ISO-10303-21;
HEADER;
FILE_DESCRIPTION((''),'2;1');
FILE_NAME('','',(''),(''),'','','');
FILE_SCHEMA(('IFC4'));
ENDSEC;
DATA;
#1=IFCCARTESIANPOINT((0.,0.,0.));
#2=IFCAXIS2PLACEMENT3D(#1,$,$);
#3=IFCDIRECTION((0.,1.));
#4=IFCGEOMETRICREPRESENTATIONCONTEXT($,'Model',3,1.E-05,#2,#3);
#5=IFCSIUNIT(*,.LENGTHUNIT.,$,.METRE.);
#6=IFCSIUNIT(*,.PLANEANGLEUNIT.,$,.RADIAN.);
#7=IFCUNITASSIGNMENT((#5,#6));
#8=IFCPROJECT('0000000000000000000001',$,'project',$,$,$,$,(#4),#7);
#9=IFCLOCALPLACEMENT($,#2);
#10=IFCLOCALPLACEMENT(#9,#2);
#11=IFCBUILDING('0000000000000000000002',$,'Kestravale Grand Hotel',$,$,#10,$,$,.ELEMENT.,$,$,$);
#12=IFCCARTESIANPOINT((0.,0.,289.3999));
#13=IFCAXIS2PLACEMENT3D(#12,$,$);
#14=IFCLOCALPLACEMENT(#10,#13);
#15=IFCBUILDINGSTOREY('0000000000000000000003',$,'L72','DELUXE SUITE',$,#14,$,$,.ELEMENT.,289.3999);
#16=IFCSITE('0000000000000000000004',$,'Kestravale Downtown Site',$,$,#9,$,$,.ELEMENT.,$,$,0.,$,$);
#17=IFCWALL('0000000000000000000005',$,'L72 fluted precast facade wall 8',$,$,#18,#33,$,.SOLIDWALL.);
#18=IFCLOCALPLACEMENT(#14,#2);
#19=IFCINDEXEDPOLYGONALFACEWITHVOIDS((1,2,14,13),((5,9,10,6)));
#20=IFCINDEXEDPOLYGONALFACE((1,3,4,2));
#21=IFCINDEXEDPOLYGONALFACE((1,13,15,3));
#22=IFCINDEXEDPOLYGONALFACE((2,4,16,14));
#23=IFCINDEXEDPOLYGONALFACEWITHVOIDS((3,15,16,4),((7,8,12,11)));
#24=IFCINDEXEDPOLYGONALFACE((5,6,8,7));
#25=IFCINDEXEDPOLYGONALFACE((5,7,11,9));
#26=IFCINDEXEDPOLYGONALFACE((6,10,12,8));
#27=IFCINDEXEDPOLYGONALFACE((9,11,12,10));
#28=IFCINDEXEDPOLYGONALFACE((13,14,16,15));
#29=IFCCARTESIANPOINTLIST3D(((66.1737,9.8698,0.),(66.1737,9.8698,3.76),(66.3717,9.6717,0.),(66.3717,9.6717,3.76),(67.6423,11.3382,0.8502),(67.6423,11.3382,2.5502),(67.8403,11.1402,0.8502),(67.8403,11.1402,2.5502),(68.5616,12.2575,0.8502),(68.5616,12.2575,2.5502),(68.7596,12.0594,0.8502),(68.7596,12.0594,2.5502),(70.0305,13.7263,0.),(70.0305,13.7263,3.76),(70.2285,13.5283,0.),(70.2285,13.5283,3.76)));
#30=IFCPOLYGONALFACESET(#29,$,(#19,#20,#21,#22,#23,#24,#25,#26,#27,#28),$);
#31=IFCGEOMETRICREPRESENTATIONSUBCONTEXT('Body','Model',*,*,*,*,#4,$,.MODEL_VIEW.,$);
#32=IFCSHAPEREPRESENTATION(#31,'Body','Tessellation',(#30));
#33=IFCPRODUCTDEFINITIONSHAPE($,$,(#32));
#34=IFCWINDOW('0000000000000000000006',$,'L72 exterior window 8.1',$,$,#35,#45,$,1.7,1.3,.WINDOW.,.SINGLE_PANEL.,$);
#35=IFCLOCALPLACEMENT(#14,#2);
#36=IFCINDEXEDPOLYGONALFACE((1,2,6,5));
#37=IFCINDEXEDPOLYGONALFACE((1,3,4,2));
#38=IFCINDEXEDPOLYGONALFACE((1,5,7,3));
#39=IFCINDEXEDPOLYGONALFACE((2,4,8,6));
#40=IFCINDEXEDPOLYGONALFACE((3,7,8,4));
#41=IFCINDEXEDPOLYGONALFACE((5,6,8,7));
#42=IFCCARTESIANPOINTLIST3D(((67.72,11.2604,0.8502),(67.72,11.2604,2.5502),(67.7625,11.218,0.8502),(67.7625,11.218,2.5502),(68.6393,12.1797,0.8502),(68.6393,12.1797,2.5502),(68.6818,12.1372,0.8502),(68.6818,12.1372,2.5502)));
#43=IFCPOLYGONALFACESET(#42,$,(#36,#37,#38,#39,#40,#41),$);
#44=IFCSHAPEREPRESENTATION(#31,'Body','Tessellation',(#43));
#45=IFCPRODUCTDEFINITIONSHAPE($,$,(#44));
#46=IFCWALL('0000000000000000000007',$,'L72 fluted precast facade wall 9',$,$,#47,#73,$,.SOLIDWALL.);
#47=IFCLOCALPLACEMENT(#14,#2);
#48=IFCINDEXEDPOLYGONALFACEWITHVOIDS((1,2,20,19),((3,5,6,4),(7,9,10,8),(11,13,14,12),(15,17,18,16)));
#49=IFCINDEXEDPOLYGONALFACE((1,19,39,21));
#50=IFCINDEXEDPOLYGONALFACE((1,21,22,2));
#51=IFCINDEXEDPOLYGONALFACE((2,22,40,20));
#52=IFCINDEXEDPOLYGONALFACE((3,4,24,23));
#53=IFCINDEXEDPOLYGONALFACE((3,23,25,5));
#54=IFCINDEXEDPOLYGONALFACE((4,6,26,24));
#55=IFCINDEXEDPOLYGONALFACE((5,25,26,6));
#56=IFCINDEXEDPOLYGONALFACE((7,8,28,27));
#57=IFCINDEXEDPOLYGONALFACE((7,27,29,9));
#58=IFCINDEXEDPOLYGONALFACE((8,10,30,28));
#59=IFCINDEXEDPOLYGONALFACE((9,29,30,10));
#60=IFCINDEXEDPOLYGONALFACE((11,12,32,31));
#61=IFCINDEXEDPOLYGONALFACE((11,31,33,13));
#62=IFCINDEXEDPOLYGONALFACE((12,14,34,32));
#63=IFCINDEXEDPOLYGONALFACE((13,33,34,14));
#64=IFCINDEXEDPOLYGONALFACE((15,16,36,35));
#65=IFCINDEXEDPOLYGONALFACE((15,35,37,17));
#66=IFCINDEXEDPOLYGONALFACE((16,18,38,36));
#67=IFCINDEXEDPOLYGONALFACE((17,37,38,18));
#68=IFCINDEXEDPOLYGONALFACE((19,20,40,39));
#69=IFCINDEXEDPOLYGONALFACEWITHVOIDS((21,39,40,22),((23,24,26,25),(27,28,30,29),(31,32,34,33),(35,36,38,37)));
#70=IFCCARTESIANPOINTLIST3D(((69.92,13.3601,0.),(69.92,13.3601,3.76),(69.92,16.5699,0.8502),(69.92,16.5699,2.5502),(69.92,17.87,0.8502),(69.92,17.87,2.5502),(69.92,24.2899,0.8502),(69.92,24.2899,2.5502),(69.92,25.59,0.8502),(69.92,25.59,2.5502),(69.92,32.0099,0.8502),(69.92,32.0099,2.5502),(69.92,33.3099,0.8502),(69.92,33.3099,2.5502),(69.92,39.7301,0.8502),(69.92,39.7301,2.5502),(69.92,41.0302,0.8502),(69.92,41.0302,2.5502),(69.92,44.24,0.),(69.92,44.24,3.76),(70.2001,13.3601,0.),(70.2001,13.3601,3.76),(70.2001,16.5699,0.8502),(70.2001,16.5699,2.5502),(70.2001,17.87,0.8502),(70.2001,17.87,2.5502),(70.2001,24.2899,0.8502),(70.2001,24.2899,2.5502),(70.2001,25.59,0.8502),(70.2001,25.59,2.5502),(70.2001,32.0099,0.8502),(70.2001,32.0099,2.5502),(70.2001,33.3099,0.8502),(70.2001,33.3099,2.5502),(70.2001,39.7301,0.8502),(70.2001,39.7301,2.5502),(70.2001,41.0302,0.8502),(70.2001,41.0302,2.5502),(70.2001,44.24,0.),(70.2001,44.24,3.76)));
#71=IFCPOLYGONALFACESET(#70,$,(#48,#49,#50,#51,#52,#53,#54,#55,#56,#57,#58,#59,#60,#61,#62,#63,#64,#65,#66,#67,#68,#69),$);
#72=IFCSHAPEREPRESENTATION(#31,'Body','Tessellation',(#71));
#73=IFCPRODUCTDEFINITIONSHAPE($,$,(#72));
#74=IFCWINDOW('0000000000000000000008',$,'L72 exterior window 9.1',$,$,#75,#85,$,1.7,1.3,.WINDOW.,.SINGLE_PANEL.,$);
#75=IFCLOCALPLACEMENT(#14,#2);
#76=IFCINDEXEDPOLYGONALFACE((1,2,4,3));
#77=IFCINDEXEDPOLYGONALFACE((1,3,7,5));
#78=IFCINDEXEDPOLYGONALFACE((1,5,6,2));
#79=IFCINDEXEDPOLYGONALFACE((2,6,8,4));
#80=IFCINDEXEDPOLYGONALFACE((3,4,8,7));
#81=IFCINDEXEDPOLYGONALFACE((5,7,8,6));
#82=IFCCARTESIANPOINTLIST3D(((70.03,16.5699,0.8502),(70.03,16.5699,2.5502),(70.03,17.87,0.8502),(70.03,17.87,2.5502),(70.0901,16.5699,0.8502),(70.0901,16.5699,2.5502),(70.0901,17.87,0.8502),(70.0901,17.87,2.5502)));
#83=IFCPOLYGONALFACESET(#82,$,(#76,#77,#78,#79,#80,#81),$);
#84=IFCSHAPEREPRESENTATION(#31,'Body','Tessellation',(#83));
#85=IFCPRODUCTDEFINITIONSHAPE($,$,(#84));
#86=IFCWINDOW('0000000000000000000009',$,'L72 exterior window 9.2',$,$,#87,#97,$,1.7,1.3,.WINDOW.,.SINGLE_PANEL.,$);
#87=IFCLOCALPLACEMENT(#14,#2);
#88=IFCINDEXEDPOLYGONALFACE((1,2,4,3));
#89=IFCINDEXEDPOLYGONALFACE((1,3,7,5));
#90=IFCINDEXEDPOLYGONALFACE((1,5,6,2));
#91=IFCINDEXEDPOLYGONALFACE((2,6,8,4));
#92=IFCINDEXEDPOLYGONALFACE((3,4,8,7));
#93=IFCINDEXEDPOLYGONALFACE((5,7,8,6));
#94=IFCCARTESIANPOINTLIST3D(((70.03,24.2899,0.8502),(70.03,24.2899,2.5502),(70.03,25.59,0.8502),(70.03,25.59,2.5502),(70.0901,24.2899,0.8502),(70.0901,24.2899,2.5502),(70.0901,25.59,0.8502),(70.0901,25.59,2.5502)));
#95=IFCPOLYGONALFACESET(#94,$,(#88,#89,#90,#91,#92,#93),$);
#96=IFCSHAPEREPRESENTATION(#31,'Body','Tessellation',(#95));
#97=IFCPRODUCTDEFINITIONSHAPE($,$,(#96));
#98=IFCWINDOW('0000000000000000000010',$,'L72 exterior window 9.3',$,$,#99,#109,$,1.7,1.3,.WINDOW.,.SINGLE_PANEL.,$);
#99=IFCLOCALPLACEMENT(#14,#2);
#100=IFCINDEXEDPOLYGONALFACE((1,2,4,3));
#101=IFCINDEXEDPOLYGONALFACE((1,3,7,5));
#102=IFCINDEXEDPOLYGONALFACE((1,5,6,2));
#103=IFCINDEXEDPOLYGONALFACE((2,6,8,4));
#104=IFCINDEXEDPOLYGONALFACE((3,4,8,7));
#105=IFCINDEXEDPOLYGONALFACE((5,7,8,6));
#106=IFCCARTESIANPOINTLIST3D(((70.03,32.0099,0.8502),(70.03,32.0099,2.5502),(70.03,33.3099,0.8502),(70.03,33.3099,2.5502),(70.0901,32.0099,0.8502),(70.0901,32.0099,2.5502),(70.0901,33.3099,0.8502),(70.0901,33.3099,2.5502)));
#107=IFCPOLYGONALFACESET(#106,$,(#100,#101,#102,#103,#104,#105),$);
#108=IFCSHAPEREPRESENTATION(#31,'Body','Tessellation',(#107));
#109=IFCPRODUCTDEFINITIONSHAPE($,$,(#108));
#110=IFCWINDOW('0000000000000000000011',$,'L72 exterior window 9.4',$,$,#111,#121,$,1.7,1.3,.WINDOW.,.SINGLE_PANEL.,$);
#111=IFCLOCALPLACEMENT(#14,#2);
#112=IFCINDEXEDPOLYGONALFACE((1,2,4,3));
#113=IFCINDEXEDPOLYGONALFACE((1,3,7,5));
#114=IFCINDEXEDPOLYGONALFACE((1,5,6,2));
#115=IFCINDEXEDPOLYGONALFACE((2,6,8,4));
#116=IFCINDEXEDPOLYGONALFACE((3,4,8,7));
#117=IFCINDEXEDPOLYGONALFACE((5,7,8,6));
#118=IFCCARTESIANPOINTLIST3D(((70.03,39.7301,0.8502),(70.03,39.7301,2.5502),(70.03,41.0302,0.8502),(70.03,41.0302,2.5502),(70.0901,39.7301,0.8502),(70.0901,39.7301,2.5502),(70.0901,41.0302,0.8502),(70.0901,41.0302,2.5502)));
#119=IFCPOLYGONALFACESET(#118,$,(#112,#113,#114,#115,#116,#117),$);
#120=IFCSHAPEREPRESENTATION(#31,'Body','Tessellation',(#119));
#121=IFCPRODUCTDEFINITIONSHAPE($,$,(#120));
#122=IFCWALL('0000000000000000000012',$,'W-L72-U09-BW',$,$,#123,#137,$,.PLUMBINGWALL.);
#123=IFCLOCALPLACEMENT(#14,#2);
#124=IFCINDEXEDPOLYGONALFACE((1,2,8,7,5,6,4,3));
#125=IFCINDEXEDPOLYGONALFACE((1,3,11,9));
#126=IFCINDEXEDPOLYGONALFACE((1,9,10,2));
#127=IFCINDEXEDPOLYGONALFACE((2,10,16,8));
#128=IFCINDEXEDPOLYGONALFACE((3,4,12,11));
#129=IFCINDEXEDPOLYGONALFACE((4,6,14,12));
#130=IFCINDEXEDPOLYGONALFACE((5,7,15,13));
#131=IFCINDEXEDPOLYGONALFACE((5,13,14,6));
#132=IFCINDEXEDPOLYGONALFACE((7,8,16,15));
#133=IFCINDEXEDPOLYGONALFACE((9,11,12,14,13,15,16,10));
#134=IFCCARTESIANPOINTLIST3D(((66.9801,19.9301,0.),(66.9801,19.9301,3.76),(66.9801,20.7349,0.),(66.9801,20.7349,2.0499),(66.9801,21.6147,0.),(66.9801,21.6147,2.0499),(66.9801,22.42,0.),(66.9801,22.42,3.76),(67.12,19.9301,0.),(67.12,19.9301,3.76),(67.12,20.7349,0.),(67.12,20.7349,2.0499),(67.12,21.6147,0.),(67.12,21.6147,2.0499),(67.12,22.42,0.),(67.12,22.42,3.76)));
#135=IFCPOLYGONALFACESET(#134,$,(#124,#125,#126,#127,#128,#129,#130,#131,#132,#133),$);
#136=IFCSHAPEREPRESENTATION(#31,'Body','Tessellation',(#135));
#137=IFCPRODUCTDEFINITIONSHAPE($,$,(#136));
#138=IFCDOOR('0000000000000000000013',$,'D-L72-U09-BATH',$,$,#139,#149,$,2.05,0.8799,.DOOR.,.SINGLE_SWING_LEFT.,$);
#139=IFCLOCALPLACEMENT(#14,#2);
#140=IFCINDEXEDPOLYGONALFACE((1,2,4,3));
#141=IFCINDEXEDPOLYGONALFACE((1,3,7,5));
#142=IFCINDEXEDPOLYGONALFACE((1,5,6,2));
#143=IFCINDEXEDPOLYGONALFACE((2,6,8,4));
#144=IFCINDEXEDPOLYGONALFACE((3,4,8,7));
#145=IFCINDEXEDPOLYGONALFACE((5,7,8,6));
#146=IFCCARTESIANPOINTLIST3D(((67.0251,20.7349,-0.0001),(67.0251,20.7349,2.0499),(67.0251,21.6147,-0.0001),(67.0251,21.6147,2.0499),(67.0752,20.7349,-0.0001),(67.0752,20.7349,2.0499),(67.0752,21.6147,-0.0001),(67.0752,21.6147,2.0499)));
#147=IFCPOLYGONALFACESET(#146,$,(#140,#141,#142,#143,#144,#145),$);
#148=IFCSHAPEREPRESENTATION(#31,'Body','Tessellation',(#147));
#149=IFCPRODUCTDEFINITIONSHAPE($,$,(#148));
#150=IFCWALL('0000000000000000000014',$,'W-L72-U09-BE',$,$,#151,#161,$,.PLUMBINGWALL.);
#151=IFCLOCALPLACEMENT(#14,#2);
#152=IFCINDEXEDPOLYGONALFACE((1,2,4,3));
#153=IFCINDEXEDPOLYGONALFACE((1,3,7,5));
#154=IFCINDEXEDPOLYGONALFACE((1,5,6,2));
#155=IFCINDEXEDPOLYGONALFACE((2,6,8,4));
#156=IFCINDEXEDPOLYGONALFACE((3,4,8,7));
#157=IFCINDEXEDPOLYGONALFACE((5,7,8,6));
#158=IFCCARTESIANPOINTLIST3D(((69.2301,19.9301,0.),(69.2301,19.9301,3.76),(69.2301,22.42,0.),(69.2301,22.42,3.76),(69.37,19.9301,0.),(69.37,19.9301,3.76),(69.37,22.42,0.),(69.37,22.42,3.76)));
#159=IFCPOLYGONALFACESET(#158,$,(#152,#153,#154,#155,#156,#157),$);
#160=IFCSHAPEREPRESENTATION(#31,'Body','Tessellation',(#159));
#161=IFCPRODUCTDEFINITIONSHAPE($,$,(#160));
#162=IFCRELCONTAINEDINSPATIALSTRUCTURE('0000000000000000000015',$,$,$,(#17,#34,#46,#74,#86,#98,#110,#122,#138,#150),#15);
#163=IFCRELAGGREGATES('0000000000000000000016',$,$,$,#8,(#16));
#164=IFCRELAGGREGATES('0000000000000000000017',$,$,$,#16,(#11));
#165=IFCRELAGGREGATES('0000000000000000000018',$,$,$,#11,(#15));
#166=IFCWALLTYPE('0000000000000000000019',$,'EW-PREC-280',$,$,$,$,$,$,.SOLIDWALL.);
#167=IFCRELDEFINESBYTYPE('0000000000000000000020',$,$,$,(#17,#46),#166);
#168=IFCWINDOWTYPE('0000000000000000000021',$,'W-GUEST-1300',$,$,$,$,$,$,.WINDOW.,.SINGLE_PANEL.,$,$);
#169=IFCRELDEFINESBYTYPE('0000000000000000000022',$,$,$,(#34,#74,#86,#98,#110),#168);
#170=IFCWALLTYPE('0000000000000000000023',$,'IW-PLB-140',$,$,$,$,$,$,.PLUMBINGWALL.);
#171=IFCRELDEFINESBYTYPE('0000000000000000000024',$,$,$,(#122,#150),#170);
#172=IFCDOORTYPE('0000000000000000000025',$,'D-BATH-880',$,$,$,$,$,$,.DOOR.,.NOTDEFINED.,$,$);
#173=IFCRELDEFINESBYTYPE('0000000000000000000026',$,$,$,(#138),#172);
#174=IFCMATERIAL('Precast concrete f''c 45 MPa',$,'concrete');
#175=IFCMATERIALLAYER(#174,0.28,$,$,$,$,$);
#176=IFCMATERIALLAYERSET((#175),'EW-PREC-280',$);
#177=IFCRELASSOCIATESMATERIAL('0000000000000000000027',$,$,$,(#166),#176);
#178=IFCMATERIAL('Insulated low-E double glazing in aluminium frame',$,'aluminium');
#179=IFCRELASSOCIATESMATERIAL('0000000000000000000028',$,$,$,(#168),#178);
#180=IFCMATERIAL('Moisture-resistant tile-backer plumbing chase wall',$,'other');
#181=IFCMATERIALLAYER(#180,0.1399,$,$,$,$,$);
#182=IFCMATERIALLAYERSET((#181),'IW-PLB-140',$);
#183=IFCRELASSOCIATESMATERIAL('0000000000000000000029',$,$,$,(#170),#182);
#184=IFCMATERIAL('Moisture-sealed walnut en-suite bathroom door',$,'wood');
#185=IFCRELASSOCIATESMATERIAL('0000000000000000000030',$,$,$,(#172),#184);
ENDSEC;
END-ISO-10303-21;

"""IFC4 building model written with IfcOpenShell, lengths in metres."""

from ifc_helpers import new_model, si_unit, direction, frame, frame_2d, origin, place, context, subcontext, project, spatial, rectangle, extrude, material, layer, layer_set, type_object, element, fill, save


model = new_model("IFC4")

# Units and contexts
model_context = context("Model", 3, precision=1e-05, world=origin(), true_north=direction((0.0, 1.0)))
body_context = subcontext(model_context, "Body", "Model", "MODEL_VIEW")
ifc_project = project(units=[si_unit("LENGTHUNIT", "METRE"), si_unit("PLANEANGLEUNIT", "RADIAN")], contexts=[model_context])

# Site, building, storey
site_placement = place(None, origin())
site = spatial("IfcSite", under=ifc_project, at=site_placement, Name="Kestravale Downtown Site", CompositionType="ELEMENT", RefElevation=0.0)
building_placement = place(site_placement, origin())
building = spatial("IfcBuilding", under=site, at=building_placement, Name="Kestravale Grand Hotel", CompositionType="ELEMENT")
storey_placement = place(building_placement, frame((0.0, 0.0, 289.3999)))
storey = spatial("IfcBuildingStorey", under=building, at=storey_placement, Name="L72", Description="DELUXE SUITE", CompositionType="ELEMENT", Elevation=289.3999)

# Wall, opening, window
ifc_material_1 = material(Name="Precast concrete f'c 45 MPa", Category="concrete")
ifc_layer_1 = layer(ifc_material_1, 0.28)
ifc_layer_set_1 = layer_set([ifc_layer_1], Name="EW-PREC-280")
wall_type_1 = type_object("IfcWallType", Name="EW-PREC-280", PredefinedType="SOLIDWALL", material=ifc_layer_set_1)
wall_1_placement = place(storey_placement, frame((66.2727, 9.7708, 0.0), z_axis=(0.0, 0.0, 1.0), x_axis=(0.707129, 0.707084, 0.0)))
wall_1 = element("IfcWall", 1, at=wall_1_placement, inside=storey, type_object=wall_type_1, Name="L72 fluted precast facade wall 8", PredefinedType="SOLIDWALL", context=body_context, shape_type="SweptSolid", body=[
    extrude(rectangle(XDim=5.4541, YDim=0.28, at=frame_2d((2.7271, 0.0))), origin(), (0.0, 0.0, 1.0), 3.76),
])
opening_1_placement = place(wall_1_placement, frame((2.0769, 0.0, 0.8501)))
opening_1 = element("IfcOpeningElement", 2, at=opening_1_placement, cuts=wall_1, PredefinedType="OPENING", context=body_context, shape_type="SweptSolid", body=[
    extrude(rectangle(XDim=1.3, YDim=1.7, at=frame_2d((0.6499, 0.8501))), frame((0.0, 0.1499, 0.0), z_axis=(0.0, -1.0, 0.0), x_axis=(1.0, 0.0, 0.0)), (0.0, 0.0, 1.0), 0.3),
])
ifc_material_2 = material(Name="Insulated low-E double glazing in aluminium frame", Category="aluminium")
window_type = type_object("IfcWindowType", Name="W-GUEST-1300", PartitioningType="SINGLE_PANEL", PredefinedType="WINDOW", material=ifc_material_2)
window_1_placement = place(opening_1_placement, origin())
window_1 = element("IfcWindow", 3, at=window_1_placement, inside=storey, type_object=window_type, Name="L72 exterior window 8.1", OverallHeight=1.7, OverallWidth=1.3, PartitioningType="SINGLE_PANEL", PredefinedType="WINDOW", context=body_context, shape_type="SweptSolid", body=[
    extrude(rectangle(XDim=1.3, YDim=1.7, at=frame_2d((0.6499, 0.8501))), frame((0.0, 0.03, 0.0), z_axis=(0.0, -1.0, 0.0), x_axis=(1.0, 0.0, 0.0)), (0.0, 0.0, 1.0), 0.0601),
])
fill(opening_1, window_1)

# Wall, openings, windows
wall_2_placement = place(storey_placement, frame((70.0601, 13.3601, 0.0), z_axis=(0.0, 0.0, 1.0), x_axis=(0.0, 1.0, 0.0)))
wall_2 = element("IfcWall", 4, at=wall_2_placement, inside=storey, type_object=wall_type_1, Name="L72 fluted precast facade wall 9", PredefinedType="SOLIDWALL", context=body_context, shape_type="SweptSolid", body=[
    extrude(rectangle(XDim=30.8799, YDim=0.28, at=frame_2d((15.4399, 0.0))), origin(), (0.0, 0.0, 1.0), 3.76),
])
opening_2_placement = place(wall_2_placement, frame((3.21, 0.0, 0.8501)))
opening_2 = element("IfcOpeningElement", 5, at=opening_2_placement, cuts=wall_2, PredefinedType="OPENING", context=body_context, shape_type="SweptSolid", body=[
    extrude(rectangle(XDim=1.3, YDim=1.7, at=frame_2d((0.6499, 0.8501))), frame((0.0, 0.1499, 0.0), z_axis=(0.0, -1.0, 0.0), x_axis=(1.0, 0.0, 0.0)), (0.0, 0.0, 1.0), 0.3),
])
opening_3_placement = place(wall_2_placement, frame((10.9299, 0.0, 0.8501)))
opening_3 = element("IfcOpeningElement", 6, at=opening_3_placement, cuts=wall_2, PredefinedType="OPENING", context=body_context, shape_type="SweptSolid", body=[
    extrude(rectangle(XDim=1.3, YDim=1.7, at=frame_2d((0.6499, 0.8501))), frame((0.0, 0.1499, 0.0), z_axis=(0.0, -1.0, 0.0), x_axis=(1.0, 0.0, 0.0)), (0.0, 0.0, 1.0), 0.3),
])
opening_4_placement = place(wall_2_placement, frame((18.6499, 0.0, 0.8501)))
opening_4 = element("IfcOpeningElement", 7, at=opening_4_placement, cuts=wall_2, PredefinedType="OPENING", context=body_context, shape_type="SweptSolid", body=[
    extrude(rectangle(XDim=1.3, YDim=1.7, at=frame_2d((0.6499, 0.8501))), frame((0.0, 0.1499, 0.0), z_axis=(0.0, -1.0, 0.0), x_axis=(1.0, 0.0, 0.0)), (0.0, 0.0, 1.0), 0.3),
])
opening_5_placement = place(wall_2_placement, frame((26.3701, 0.0, 0.8501)))
opening_5 = element("IfcOpeningElement", 8, at=opening_5_placement, cuts=wall_2, PredefinedType="OPENING", context=body_context, shape_type="SweptSolid", body=[
    extrude(rectangle(XDim=1.3, YDim=1.7, at=frame_2d((0.6499, 0.8501))), frame((0.0, 0.1499, 0.0), z_axis=(0.0, -1.0, 0.0), x_axis=(1.0, 0.0, 0.0)), (0.0, 0.0, 1.0), 0.3),
])
window_2_placement = place(opening_2_placement, origin())
window_2 = element("IfcWindow", 9, at=window_2_placement, inside=storey, type_object=window_type, Name="L72 exterior window 9.1", OverallHeight=1.7, OverallWidth=1.3, PartitioningType="SINGLE_PANEL", PredefinedType="WINDOW", context=body_context, shape_type="SweptSolid", body=[
    extrude(rectangle(XDim=1.3, YDim=1.7, at=frame_2d((0.6499, 0.8501))), frame((0.0, 0.03, 0.0), z_axis=(0.0, -1.0, 0.0), x_axis=(1.0, 0.0, 0.0)), (0.0, 0.0, 1.0), 0.0601),
])
fill(opening_2, window_2)
window_3_placement = place(opening_3_placement, origin())
window_3 = element("IfcWindow", 10, at=window_3_placement, inside=storey, type_object=window_type, Name="L72 exterior window 9.2", OverallHeight=1.7, OverallWidth=1.3, PartitioningType="SINGLE_PANEL", PredefinedType="WINDOW", context=body_context, shape_type="SweptSolid", body=[
    extrude(rectangle(XDim=1.3, YDim=1.7, at=frame_2d((0.6499, 0.8501))), frame((0.0, 0.03, 0.0), z_axis=(0.0, -1.0, 0.0), x_axis=(1.0, 0.0, 0.0)), (0.0, 0.0, 1.0), 0.0601),
])
fill(opening_3, window_3)
window_4_placement = place(opening_4_placement, origin())
window_4 = element("IfcWindow", 11, at=window_4_placement, inside=storey, type_object=window_type, Name="L72 exterior window 9.3", OverallHeight=1.7, OverallWidth=1.3, PartitioningType="SINGLE_PANEL", PredefinedType="WINDOW", context=body_context, shape_type="SweptSolid", body=[
    extrude(rectangle(XDim=1.3, YDim=1.7, at=frame_2d((0.6499, 0.8501))), frame((0.0, 0.03, 0.0), z_axis=(0.0, -1.0, 0.0), x_axis=(1.0, 0.0, 0.0)), (0.0, 0.0, 1.0), 0.0601),
])
fill(opening_4, window_4)
window_5_placement = place(opening_5_placement, origin())
window_5 = element("IfcWindow", 12, at=window_5_placement, inside=storey, type_object=window_type, Name="L72 exterior window 9.4", OverallHeight=1.7, OverallWidth=1.3, PartitioningType="SINGLE_PANEL", PredefinedType="WINDOW", context=body_context, shape_type="SweptSolid", body=[
    extrude(rectangle(XDim=1.3, YDim=1.7, at=frame_2d((0.6499, 0.8501))), frame((0.0, 0.03, 0.0), z_axis=(0.0, -1.0, 0.0), x_axis=(1.0, 0.0, 0.0)), (0.0, 0.0, 1.0), 0.0601),
])
fill(opening_5, window_5)

# Wall, opening, door
ifc_material_3 = material(Name="Moisture-resistant tile-backer plumbing chase wall", Category="other")
ifc_layer_2 = layer(ifc_material_3, 0.1399)
ifc_layer_set_2 = layer_set([ifc_layer_2], Name="IW-PLB-140")
wall_type_2 = type_object("IfcWallType", Name="IW-PLB-140", PredefinedType="PLUMBINGWALL", material=ifc_layer_set_2)
wall_3_placement = place(storey_placement, frame((67.05, 19.9299, 0.0), z_axis=(0.0, 0.0, 1.0), x_axis=(0.0, 1.0, 0.0)))
wall_3 = element("IfcWall", 13, at=wall_3_placement, inside=storey, type_object=wall_type_2, Name="W-L72-U09-BW", PredefinedType="PLUMBINGWALL", context=body_context, shape_type="SweptSolid", body=[
    extrude(rectangle(XDim=2.49, YDim=0.1399, at=frame_2d((1.2451, 0.0))), origin(), (0.0, 0.0, 1.0), 3.76),
])
opening_6_placement = place(wall_3_placement, frame((0.8049, 0.0, 0.0)))
opening_6 = element("IfcOpeningElement", 14, at=opening_6_placement, cuts=wall_3, PredefinedType="OPENING", context=body_context, shape_type="SweptSolid", body=[
    extrude(rectangle(XDim=0.8799, YDim=2.05, at=frame_2d((0.4399, 1.0249))), frame((0.0, 0.0798, 0.0), z_axis=(0.0, -1.0, 0.0), x_axis=(1.0, 0.0, 0.0)), (0.0, 0.0, 1.0), 0.1599),
])
ifc_material_4 = material(Name="Moisture-sealed walnut en-suite bathroom door", Category="wood")
door_type = type_object("IfcDoorType", Name="D-BATH-880", OperationType="NOTDEFINED", PredefinedType="DOOR", material=ifc_material_4)
door_placement = place(opening_6_placement, origin())
door = element("IfcDoor", 15, at=door_placement, inside=storey, type_object=door_type, Name="D-L72-U09-BATH", OperationType="SINGLE_SWING_LEFT", OverallHeight=2.05, OverallWidth=0.8799, PredefinedType="DOOR", context=body_context, shape_type="SweptSolid", body=[
    extrude(rectangle(XDim=0.8799, YDim=2.05, at=frame_2d((0.4399, 1.0249))), frame((0.0, 0.0249, 0.0), z_axis=(0.0, -1.0, 0.0), x_axis=(1.0, 0.0, 0.0)), (0.0, 0.0, 1.0), 0.05),
])
fill(opening_6, door)

# Wall
wall_4_placement = place(storey_placement, frame((69.3, 19.9299, 0.0), z_axis=(0.0, 0.0, 1.0), x_axis=(0.0, 1.0, 0.0)))
element("IfcWall", 16, at=wall_4_placement, inside=storey, type_object=wall_type_2, Name="W-L72-U09-BE", PredefinedType="PLUMBINGWALL", context=body_context, shape_type="SweptSolid", body=[
    extrude(rectangle(XDim=2.49, YDim=0.1399, at=frame_2d((1.2451, 0.0))), origin(), (0.0, 0.0, 1.0), 3.76),
])

save(model, "model.ifc")
